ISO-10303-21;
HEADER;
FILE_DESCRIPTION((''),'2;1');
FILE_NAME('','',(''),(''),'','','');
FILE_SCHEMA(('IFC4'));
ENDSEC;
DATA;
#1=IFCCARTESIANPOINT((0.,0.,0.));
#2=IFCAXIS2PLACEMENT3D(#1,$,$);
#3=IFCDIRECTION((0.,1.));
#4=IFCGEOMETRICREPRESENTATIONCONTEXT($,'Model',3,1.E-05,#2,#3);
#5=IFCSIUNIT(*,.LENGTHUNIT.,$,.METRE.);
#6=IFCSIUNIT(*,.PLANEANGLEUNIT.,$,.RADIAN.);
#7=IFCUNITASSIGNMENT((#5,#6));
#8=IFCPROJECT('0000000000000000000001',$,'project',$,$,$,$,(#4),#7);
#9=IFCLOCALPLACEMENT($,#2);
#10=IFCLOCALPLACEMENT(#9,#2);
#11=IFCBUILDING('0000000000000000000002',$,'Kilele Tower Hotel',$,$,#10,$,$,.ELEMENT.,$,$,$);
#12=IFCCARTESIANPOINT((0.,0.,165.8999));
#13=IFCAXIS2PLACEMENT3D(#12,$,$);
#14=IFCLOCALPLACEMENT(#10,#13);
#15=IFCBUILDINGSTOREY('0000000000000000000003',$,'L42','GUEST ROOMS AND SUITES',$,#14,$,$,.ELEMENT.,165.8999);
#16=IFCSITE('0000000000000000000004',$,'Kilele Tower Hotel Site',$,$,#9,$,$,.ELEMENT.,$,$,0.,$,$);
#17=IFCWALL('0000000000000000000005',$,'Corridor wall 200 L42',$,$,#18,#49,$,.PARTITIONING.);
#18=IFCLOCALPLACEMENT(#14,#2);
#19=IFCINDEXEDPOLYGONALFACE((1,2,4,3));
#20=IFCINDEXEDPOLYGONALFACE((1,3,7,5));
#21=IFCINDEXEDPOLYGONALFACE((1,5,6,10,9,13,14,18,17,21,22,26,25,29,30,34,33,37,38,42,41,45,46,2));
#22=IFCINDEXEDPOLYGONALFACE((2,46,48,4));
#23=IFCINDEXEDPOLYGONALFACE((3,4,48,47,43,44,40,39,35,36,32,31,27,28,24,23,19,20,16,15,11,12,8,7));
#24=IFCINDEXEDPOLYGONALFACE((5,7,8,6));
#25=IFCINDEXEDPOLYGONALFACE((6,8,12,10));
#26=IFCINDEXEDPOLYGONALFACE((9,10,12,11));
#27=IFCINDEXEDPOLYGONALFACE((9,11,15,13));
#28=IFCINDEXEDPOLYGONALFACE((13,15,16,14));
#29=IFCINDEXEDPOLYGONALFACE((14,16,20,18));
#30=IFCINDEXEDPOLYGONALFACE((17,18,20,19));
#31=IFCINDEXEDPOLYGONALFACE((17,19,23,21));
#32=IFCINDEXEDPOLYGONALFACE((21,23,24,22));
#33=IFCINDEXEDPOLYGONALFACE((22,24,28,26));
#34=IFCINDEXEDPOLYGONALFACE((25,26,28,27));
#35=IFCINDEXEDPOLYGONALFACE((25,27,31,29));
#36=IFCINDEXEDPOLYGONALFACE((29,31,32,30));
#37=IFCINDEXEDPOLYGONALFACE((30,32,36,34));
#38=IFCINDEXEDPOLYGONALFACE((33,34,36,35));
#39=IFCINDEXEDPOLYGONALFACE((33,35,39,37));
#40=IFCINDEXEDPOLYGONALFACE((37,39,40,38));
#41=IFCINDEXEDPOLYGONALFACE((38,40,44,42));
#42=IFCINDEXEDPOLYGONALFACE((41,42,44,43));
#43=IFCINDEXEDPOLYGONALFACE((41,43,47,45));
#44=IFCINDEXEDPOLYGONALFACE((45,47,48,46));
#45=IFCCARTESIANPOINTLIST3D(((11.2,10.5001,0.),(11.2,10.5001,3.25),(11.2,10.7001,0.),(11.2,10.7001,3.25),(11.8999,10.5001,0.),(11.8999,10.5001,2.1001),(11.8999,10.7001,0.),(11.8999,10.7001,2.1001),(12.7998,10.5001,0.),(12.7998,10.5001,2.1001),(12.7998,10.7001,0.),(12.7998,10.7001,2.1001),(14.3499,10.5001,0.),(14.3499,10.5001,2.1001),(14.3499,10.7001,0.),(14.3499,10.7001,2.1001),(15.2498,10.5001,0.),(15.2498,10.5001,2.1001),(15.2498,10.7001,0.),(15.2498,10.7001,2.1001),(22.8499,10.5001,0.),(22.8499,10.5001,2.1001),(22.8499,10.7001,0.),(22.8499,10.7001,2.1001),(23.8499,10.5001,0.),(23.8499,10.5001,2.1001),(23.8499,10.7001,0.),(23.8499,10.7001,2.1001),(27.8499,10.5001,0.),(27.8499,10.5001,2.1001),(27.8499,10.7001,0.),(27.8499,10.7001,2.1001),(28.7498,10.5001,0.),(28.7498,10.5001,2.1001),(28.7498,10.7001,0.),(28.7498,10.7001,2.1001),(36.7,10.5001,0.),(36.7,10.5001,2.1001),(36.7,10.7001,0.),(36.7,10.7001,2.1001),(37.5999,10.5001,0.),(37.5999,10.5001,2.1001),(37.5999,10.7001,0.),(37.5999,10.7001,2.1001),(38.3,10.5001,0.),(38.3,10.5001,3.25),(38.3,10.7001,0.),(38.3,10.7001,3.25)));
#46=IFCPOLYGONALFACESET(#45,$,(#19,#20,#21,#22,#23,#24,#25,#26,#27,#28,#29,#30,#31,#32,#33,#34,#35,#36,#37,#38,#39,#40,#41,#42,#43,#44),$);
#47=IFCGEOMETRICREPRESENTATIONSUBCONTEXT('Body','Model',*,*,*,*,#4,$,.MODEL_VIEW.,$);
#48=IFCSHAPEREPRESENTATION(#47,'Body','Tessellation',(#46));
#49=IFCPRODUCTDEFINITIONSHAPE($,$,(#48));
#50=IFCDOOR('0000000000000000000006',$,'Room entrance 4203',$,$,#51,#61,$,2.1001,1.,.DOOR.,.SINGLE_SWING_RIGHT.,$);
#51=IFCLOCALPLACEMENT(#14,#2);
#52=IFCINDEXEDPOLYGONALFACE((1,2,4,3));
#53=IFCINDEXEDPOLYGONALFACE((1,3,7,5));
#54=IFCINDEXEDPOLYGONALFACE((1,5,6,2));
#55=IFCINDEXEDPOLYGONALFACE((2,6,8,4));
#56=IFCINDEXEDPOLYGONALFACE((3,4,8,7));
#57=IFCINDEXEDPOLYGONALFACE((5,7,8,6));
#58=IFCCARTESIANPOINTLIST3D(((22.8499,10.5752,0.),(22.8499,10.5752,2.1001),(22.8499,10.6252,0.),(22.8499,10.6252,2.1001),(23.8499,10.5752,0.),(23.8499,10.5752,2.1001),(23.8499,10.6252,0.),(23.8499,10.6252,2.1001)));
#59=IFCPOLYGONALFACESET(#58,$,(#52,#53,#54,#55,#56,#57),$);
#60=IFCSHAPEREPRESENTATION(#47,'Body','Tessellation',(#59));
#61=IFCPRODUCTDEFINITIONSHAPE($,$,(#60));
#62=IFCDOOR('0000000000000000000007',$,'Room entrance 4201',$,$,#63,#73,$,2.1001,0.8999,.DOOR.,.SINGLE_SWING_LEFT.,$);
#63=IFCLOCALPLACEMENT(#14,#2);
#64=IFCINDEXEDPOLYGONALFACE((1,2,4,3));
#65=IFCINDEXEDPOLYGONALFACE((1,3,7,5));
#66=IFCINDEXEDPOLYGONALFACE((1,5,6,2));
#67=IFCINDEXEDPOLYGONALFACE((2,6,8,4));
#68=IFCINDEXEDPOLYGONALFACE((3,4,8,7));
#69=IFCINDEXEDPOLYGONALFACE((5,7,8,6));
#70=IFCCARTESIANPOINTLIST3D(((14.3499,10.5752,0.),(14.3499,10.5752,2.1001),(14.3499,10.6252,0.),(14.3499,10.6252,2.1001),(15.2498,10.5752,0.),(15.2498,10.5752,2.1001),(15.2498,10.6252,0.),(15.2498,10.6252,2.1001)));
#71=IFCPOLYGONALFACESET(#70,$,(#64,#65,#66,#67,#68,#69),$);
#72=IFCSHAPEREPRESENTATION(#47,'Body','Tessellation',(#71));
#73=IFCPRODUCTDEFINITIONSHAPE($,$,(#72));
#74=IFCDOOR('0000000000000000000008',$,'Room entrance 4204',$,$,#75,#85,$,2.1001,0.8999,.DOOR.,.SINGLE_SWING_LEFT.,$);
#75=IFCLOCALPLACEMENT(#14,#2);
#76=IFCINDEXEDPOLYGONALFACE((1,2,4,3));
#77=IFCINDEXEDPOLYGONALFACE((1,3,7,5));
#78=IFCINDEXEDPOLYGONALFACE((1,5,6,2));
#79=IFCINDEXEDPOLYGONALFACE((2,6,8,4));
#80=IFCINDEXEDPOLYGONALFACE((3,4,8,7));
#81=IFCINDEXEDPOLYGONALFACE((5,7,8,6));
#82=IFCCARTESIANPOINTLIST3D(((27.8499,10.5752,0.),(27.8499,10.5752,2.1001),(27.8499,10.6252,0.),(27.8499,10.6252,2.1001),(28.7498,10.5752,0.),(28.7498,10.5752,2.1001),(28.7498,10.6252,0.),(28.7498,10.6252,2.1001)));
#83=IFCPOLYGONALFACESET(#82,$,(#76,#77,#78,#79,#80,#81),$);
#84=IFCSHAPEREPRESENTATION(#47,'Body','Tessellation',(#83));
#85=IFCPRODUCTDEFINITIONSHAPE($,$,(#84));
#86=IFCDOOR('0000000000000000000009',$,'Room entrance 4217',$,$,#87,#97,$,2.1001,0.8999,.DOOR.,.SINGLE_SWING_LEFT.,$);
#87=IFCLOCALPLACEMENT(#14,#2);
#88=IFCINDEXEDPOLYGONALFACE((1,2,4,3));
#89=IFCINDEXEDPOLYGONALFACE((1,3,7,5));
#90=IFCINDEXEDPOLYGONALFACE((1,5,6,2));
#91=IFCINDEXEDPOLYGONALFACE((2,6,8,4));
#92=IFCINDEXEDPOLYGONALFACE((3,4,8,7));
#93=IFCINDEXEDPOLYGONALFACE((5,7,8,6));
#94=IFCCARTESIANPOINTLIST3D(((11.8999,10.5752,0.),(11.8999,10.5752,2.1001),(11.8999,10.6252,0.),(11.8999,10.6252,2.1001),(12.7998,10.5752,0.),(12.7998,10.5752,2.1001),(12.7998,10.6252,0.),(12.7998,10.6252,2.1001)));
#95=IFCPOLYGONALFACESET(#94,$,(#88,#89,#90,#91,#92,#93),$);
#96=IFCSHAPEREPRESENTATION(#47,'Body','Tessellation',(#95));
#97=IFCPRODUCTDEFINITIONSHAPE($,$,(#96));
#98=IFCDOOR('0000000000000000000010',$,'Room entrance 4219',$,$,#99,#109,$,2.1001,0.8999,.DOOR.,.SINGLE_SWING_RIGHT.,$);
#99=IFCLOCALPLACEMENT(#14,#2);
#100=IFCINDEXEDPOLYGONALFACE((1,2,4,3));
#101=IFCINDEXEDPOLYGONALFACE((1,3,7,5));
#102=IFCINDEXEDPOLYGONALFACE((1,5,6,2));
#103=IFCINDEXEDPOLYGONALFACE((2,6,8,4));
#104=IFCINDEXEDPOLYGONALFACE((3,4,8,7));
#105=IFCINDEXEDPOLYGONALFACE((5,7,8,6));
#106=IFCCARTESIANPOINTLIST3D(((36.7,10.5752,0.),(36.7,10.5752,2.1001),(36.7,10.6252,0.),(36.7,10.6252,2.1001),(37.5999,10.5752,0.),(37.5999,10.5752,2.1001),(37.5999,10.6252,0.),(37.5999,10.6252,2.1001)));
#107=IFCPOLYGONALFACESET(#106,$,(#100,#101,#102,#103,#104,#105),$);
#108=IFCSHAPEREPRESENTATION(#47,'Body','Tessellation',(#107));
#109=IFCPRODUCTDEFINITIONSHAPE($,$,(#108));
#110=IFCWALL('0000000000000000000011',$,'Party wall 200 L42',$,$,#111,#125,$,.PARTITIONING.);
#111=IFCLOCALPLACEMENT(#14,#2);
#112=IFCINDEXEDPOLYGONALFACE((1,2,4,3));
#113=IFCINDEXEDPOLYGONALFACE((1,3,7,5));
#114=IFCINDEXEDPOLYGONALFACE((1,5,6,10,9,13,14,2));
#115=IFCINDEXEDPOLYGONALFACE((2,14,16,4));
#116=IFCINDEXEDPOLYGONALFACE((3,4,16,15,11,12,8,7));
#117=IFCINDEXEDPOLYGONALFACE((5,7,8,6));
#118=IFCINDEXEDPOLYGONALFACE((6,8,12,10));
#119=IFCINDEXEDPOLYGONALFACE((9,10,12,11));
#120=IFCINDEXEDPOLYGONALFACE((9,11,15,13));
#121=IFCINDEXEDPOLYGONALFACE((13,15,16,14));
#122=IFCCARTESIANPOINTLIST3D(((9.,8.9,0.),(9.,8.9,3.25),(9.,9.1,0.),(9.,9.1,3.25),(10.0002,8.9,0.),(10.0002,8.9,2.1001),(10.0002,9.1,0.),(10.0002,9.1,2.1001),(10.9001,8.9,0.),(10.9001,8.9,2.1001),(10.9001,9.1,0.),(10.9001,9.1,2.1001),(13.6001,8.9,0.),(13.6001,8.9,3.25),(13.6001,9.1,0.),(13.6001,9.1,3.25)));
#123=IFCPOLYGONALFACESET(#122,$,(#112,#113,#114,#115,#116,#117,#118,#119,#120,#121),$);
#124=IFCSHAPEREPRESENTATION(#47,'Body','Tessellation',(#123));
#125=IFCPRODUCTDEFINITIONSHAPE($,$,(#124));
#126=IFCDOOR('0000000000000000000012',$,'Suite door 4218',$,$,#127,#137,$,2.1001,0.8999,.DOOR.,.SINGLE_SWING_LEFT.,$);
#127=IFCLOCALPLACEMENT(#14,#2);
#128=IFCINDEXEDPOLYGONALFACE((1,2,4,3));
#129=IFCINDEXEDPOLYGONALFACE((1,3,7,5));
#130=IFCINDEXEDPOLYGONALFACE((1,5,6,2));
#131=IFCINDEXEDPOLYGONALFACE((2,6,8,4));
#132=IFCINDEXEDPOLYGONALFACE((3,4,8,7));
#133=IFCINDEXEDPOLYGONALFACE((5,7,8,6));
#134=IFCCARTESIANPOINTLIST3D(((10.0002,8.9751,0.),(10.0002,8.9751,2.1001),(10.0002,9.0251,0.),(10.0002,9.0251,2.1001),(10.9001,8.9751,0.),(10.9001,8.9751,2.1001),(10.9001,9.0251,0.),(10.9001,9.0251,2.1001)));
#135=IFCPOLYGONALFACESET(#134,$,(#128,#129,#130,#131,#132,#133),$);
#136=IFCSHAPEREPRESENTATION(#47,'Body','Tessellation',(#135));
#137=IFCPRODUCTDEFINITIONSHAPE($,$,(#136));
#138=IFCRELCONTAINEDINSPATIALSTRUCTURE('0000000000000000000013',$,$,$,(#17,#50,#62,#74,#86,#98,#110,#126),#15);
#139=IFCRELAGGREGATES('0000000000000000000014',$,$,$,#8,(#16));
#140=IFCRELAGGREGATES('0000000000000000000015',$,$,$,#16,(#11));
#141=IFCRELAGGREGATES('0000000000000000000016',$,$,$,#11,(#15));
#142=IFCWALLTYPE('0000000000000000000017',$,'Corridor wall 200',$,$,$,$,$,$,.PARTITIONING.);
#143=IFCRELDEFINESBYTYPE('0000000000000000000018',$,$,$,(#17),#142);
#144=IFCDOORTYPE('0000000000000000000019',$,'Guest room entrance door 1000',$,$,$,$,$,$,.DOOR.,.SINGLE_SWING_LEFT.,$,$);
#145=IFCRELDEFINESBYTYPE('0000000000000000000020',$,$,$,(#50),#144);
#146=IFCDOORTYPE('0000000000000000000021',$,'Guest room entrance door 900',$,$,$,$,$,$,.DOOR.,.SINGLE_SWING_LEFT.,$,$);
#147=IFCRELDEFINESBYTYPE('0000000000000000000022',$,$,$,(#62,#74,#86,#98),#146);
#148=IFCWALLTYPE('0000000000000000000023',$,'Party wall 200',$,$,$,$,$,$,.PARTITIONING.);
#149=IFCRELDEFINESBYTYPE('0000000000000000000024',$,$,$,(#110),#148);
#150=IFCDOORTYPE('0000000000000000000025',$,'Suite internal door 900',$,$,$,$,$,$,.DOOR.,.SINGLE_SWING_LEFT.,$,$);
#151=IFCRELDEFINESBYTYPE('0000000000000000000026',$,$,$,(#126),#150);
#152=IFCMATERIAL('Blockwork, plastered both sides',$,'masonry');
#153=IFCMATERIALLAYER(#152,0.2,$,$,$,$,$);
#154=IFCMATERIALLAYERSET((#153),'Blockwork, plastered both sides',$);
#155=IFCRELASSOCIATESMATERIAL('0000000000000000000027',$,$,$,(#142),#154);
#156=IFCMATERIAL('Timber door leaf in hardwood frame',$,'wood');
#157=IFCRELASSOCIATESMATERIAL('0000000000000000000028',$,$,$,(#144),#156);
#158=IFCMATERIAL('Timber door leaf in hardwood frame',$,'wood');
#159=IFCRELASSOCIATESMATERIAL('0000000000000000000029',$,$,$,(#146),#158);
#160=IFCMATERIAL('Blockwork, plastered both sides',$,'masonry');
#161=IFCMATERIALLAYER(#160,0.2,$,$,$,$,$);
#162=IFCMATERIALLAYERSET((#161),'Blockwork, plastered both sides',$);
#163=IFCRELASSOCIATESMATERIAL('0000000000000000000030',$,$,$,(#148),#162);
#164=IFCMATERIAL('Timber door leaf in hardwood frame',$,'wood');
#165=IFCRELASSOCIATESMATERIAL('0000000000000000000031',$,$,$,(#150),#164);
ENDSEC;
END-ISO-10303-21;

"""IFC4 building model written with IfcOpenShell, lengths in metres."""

from ifc_helpers import new_model, si_unit, direction, frame, frame_2d, origin, place, context, subcontext, project, spatial, rectangle, extrude, material, layer, layer_set, type_object, element, fill, save


model = new_model("IFC4")

# Units and contexts
model_context = context("Model", 3, precision=1e-05, world=origin(), true_north=direction((0.0, 1.0)))
body_context = subcontext(model_context, "Body", "Model", "MODEL_VIEW")
ifc_project = project(units=[si_unit("LENGTHUNIT", "METRE"), si_unit("PLANEANGLEUNIT", "RADIAN")], contexts=[model_context])

# Site, building, storey
site_placement = place(None, origin())
site = spatial("IfcSite", under=ifc_project, at=site_placement, Name="Kilele Tower Hotel Site", CompositionType="ELEMENT", RefElevation=0.0)
building_placement = place(site_placement, origin())
building = spatial("IfcBuilding", under=site, at=building_placement, Name="Kilele Tower Hotel", CompositionType="ELEMENT")
storey_placement = place(building_placement, frame((0.0, 0.0, 165.8999)))
storey = spatial("IfcBuildingStorey", under=building, at=storey_placement, Name="L42", Description="GUEST ROOMS AND SUITES", CompositionType="ELEMENT", Elevation=165.8999)

# Wall, openings, doors
ifc_material_1 = material(Name="Blockwork, plastered both sides", Category="masonry")
ifc_layer_1 = layer(ifc_material_1, 0.2)
ifc_layer_set_1 = layer_set([ifc_layer_1], Name="Blockwork, plastered both sides")
wall_type_1 = type_object("IfcWallType", Name="Corridor wall 200", PredefinedType="PARTITIONING", material=ifc_layer_set_1)
wall_1_placement = place(storey_placement, frame((11.2, 10.6001, 0.0), z_axis=(0.0, 0.0, 1.0), x_axis=(1.0, 0.0, 0.0)))
wall_1 = element("IfcWall", 1, at=wall_1_placement, inside=storey, type_object=wall_type_1, Name="Corridor wall 200 L42", PredefinedType="PARTITIONING", context=body_context, shape_type="SweptSolid", body=[
    extrude(rectangle(XDim=27.1001, YDim=0.2, at=frame_2d((13.55, 0.0))), origin(), (0.0, 0.0, 1.0), 3.25),
])
opening_1_placement = place(wall_1_placement, frame((4.0498, 0.0, 0.0), z_axis=(0.0, 0.0, 1.0), x_axis=(-1.0, 0.0, 0.0)))
opening_1 = element("IfcOpeningElement", 2, at=opening_1_placement, cuts=wall_1, PredefinedType="OPENING", context=body_context, shape_type="SweptSolid", body=[
    extrude(rectangle(XDim=0.8999, YDim=2.1001, at=frame_2d((0.45, 1.05))), frame((0.0, 0.1099, 0.0), z_axis=(0.0, -1.0, 0.0), x_axis=(1.0, 0.0, 0.0)), (0.0, 0.0, 1.0), 0.22),
])
opening_2_placement = place(wall_1_placement, frame((12.6499, 0.0, 0.0), z_axis=(0.0, 0.0, 1.0), x_axis=(-1.0, 0.0, 0.0)))
opening_2 = element("IfcOpeningElement", 3, at=opening_2_placement, cuts=wall_1, PredefinedType="OPENING", context=body_context, shape_type="SweptSolid", body=[
    extrude(rectangle(XDim=1.0, YDim=2.1001, at=frame_2d((0.5, 1.05))), frame((0.0, 0.1099, 0.0), z_axis=(0.0, -1.0, 0.0), x_axis=(1.0, 0.0, 0.0)), (0.0, 0.0, 1.0), 0.22),
])
opening_3_placement = place(wall_1_placement, frame((17.5498, 0.0, 0.0), z_axis=(0.0, 0.0, 1.0), x_axis=(-1.0, 0.0, 0.0)))
opening_3 = element("IfcOpeningElement", 4, at=opening_3_placement, cuts=wall_1, PredefinedType="OPENING", context=body_context, shape_type="SweptSolid", body=[
    extrude(rectangle(XDim=0.8999, YDim=2.1001, at=frame_2d((0.45, 1.05))), frame((0.0, 0.1099, 0.0), z_axis=(0.0, -1.0, 0.0), x_axis=(1.0, 0.0, 0.0)), (0.0, 0.0, 1.0), 0.22),
])
opening_4_placement = place(wall_1_placement, frame((1.5999, 0.0, 0.0), z_axis=(0.0, 0.0, 1.0), x_axis=(-1.0, 0.0, 0.0)))
opening_4 = element("IfcOpeningElement", 5, at=opening_4_placement, cuts=wall_1, PredefinedType="OPENING", context=body_context, shape_type="SweptSolid", body=[
    extrude(rectangle(XDim=0.8999, YDim=2.1001, at=frame_2d((0.45, 1.05))), frame((0.0, 0.1099, 0.0), z_axis=(0.0, -1.0, 0.0), x_axis=(1.0, 0.0, 0.0)), (0.0, 0.0, 1.0), 0.22),
])
opening_5_placement = place(wall_1_placement, frame((26.3999, 0.0, 0.0), z_axis=(0.0, 0.0, 1.0), x_axis=(-1.0, 0.0, 0.0)))
opening_5 = element("IfcOpeningElement", 6, at=opening_5_placement, cuts=wall_1, PredefinedType="OPENING", context=body_context, shape_type="SweptSolid", body=[
    extrude(rectangle(XDim=0.8999, YDim=2.1001, at=frame_2d((0.45, 1.05))), frame((0.0, 0.1099, 0.0), z_axis=(0.0, -1.0, 0.0), x_axis=(1.0, 0.0, 0.0)), (0.0, 0.0, 1.0), 0.22),
])
ifc_material_2 = material(Name="Timber door leaf in hardwood frame", Category="wood")
door_type_1 = type_object("IfcDoorType", Name="Guest room entrance door 1000", OperationType="SINGLE_SWING_LEFT", PredefinedType="DOOR", material=ifc_material_2)
door_1_placement = place(opening_2_placement, origin())
door_1 = element("IfcDoor", 7, at=door_1_placement, inside=storey, type_object=door_type_1, Name="Room entrance 4203", OperationType="SINGLE_SWING_RIGHT", OverallHeight=2.1001, OverallWidth=1.0, PredefinedType="DOOR", context=body_context, shape_type="SweptSolid", body=[
    extrude(rectangle(XDim=1.0, YDim=2.1001, at=frame_2d((0.5, 1.05))), frame((0.0, 0.0249, 0.0), z_axis=(0.0, -1.0, 0.0), x_axis=(1.0, 0.0, 0.0)), (0.0, 0.0, 1.0), 0.05),
])
fill(opening_2, door_1)
ifc_material_3 = material(Name="Timber door leaf in hardwood frame", Category="wood")
door_type_2 = type_object("IfcDoorType", Name="Guest room entrance door 900", OperationType="SINGLE_SWING_LEFT", PredefinedType="DOOR", material=ifc_material_3)
door_2_placement = place(opening_1_placement, origin())
door_2 = element("IfcDoor", 8, at=door_2_placement, inside=storey, type_object=door_type_2, Name="Room entrance 4201", OperationType="SINGLE_SWING_LEFT", OverallHeight=2.1001, OverallWidth=0.8999, PredefinedType="DOOR", context=body_context, shape_type="SweptSolid", body=[
    extrude(rectangle(XDim=0.8999, YDim=2.1001, at=frame_2d((0.45, 1.05))), frame((0.0, 0.0249, 0.0), z_axis=(0.0, -1.0, 0.0), x_axis=(1.0, 0.0, 0.0)), (0.0, 0.0, 1.0), 0.05),
])
fill(opening_1, door_2)
door_3_placement = place(opening_3_placement, origin())
door_3 = element("IfcDoor", 9, at=door_3_placement, inside=storey, type_object=door_type_2, Name="Room entrance 4204", OperationType="SINGLE_SWING_LEFT", OverallHeight=2.1001, OverallWidth=0.8999, PredefinedType="DOOR", context=body_context, shape_type="SweptSolid", body=[
    extrude(rectangle(XDim=0.8999, YDim=2.1001, at=frame_2d((0.45, 1.05))), frame((0.0, 0.0249, 0.0), z_axis=(0.0, -1.0, 0.0), x_axis=(1.0, 0.0, 0.0)), (0.0, 0.0, 1.0), 0.05),
])
fill(opening_3, door_3)
door_4_placement = place(opening_4_placement, origin())
door_4 = element("IfcDoor", 10, at=door_4_placement, inside=storey, type_object=door_type_2, Name="Room entrance 4217", OperationType="SINGLE_SWING_LEFT", OverallHeight=2.1001, OverallWidth=0.8999, PredefinedType="DOOR", context=body_context, shape_type="SweptSolid", body=[
    extrude(rectangle(XDim=0.8999, YDim=2.1001, at=frame_2d((0.45, 1.05))), frame((0.0, 0.0249, 0.0), z_axis=(0.0, -1.0, 0.0), x_axis=(1.0, 0.0, 0.0)), (0.0, 0.0, 1.0), 0.05),
])
fill(opening_4, door_4)
door_5_placement = place(opening_5_placement, origin())
door_5 = element("IfcDoor", 11, at=door_5_placement, inside=storey, type_object=door_type_2, Name="Room entrance 4219", OperationType="SINGLE_SWING_RIGHT", OverallHeight=2.1001, OverallWidth=0.8999, PredefinedType="DOOR", context=body_context, shape_type="SweptSolid", body=[
    extrude(rectangle(XDim=0.8999, YDim=2.1001, at=frame_2d((0.45, 1.05))), frame((0.0, 0.0249, 0.0), z_axis=(0.0, -1.0, 0.0), x_axis=(1.0, 0.0, 0.0)), (0.0, 0.0, 1.0), 0.05),
])
fill(opening_5, door_5)

# Wall, opening, door
ifc_material_4 = material(Name="Blockwork, plastered both sides", Category="masonry")
ifc_layer_2 = layer(ifc_material_4, 0.2)
ifc_layer_set_2 = layer_set([ifc_layer_2], Name="Blockwork, plastered both sides")
wall_type_2 = type_object("IfcWallType", Name="Party wall 200", PredefinedType="PARTITIONING", material=ifc_layer_set_2)
wall_2_placement = place(storey_placement, frame((13.6001, 9.0, 0.0), z_axis=(0.0, 0.0, 1.0), x_axis=(-1.0, 0.0, 0.0)))
wall_2 = element("IfcWall", 12, at=wall_2_placement, inside=storey, type_object=wall_type_2, Name="Party wall 200 L42", PredefinedType="PARTITIONING", context=body_context, shape_type="SweptSolid", body=[
    extrude(rectangle(XDim=4.6001, YDim=0.2, at=frame_2d((2.3, 0.0))), origin(), (0.0, 0.0, 1.0), 3.25),
])
opening_6_placement = place(wall_2_placement, frame((2.7, 0.0, 0.0)))
opening_6 = element("IfcOpeningElement", 13, at=opening_6_placement, cuts=wall_2, PredefinedType="OPENING", context=body_context, shape_type="SweptSolid", body=[
    extrude(rectangle(XDim=0.8999, YDim=2.1001, at=frame_2d((0.45, 1.05))), frame((0.0, 0.1099, 0.0), z_axis=(0.0, -1.0, 0.0), x_axis=(1.0, 0.0, 0.0)), (0.0, 0.0, 1.0), 0.22),
])
ifc_material_5 = material(Name="Timber door leaf in hardwood frame", Category="wood")
door_type_3 = type_object("IfcDoorType", Name="Suite internal door 900", OperationType="SINGLE_SWING_LEFT", PredefinedType="DOOR", material=ifc_material_5)
door_6_placement = place(opening_6_placement, origin())
door_6 = element("IfcDoor", 14, at=door_6_placement, inside=storey, type_object=door_type_3, Name="Suite door 4218", OperationType="SINGLE_SWING_LEFT", OverallHeight=2.1001, OverallWidth=0.8999, PredefinedType="DOOR", context=body_context, shape_type="SweptSolid", body=[
    extrude(rectangle(XDim=0.8999, YDim=2.1001, at=frame_2d((0.45, 1.05))), frame((0.0, 0.0249, 0.0), z_axis=(0.0, -1.0, 0.0), x_axis=(1.0, 0.0, 0.0)), (0.0, 0.0, 1.0), 0.05),
])
fill(opening_6, door_6)

save(model, "model.ifc")
